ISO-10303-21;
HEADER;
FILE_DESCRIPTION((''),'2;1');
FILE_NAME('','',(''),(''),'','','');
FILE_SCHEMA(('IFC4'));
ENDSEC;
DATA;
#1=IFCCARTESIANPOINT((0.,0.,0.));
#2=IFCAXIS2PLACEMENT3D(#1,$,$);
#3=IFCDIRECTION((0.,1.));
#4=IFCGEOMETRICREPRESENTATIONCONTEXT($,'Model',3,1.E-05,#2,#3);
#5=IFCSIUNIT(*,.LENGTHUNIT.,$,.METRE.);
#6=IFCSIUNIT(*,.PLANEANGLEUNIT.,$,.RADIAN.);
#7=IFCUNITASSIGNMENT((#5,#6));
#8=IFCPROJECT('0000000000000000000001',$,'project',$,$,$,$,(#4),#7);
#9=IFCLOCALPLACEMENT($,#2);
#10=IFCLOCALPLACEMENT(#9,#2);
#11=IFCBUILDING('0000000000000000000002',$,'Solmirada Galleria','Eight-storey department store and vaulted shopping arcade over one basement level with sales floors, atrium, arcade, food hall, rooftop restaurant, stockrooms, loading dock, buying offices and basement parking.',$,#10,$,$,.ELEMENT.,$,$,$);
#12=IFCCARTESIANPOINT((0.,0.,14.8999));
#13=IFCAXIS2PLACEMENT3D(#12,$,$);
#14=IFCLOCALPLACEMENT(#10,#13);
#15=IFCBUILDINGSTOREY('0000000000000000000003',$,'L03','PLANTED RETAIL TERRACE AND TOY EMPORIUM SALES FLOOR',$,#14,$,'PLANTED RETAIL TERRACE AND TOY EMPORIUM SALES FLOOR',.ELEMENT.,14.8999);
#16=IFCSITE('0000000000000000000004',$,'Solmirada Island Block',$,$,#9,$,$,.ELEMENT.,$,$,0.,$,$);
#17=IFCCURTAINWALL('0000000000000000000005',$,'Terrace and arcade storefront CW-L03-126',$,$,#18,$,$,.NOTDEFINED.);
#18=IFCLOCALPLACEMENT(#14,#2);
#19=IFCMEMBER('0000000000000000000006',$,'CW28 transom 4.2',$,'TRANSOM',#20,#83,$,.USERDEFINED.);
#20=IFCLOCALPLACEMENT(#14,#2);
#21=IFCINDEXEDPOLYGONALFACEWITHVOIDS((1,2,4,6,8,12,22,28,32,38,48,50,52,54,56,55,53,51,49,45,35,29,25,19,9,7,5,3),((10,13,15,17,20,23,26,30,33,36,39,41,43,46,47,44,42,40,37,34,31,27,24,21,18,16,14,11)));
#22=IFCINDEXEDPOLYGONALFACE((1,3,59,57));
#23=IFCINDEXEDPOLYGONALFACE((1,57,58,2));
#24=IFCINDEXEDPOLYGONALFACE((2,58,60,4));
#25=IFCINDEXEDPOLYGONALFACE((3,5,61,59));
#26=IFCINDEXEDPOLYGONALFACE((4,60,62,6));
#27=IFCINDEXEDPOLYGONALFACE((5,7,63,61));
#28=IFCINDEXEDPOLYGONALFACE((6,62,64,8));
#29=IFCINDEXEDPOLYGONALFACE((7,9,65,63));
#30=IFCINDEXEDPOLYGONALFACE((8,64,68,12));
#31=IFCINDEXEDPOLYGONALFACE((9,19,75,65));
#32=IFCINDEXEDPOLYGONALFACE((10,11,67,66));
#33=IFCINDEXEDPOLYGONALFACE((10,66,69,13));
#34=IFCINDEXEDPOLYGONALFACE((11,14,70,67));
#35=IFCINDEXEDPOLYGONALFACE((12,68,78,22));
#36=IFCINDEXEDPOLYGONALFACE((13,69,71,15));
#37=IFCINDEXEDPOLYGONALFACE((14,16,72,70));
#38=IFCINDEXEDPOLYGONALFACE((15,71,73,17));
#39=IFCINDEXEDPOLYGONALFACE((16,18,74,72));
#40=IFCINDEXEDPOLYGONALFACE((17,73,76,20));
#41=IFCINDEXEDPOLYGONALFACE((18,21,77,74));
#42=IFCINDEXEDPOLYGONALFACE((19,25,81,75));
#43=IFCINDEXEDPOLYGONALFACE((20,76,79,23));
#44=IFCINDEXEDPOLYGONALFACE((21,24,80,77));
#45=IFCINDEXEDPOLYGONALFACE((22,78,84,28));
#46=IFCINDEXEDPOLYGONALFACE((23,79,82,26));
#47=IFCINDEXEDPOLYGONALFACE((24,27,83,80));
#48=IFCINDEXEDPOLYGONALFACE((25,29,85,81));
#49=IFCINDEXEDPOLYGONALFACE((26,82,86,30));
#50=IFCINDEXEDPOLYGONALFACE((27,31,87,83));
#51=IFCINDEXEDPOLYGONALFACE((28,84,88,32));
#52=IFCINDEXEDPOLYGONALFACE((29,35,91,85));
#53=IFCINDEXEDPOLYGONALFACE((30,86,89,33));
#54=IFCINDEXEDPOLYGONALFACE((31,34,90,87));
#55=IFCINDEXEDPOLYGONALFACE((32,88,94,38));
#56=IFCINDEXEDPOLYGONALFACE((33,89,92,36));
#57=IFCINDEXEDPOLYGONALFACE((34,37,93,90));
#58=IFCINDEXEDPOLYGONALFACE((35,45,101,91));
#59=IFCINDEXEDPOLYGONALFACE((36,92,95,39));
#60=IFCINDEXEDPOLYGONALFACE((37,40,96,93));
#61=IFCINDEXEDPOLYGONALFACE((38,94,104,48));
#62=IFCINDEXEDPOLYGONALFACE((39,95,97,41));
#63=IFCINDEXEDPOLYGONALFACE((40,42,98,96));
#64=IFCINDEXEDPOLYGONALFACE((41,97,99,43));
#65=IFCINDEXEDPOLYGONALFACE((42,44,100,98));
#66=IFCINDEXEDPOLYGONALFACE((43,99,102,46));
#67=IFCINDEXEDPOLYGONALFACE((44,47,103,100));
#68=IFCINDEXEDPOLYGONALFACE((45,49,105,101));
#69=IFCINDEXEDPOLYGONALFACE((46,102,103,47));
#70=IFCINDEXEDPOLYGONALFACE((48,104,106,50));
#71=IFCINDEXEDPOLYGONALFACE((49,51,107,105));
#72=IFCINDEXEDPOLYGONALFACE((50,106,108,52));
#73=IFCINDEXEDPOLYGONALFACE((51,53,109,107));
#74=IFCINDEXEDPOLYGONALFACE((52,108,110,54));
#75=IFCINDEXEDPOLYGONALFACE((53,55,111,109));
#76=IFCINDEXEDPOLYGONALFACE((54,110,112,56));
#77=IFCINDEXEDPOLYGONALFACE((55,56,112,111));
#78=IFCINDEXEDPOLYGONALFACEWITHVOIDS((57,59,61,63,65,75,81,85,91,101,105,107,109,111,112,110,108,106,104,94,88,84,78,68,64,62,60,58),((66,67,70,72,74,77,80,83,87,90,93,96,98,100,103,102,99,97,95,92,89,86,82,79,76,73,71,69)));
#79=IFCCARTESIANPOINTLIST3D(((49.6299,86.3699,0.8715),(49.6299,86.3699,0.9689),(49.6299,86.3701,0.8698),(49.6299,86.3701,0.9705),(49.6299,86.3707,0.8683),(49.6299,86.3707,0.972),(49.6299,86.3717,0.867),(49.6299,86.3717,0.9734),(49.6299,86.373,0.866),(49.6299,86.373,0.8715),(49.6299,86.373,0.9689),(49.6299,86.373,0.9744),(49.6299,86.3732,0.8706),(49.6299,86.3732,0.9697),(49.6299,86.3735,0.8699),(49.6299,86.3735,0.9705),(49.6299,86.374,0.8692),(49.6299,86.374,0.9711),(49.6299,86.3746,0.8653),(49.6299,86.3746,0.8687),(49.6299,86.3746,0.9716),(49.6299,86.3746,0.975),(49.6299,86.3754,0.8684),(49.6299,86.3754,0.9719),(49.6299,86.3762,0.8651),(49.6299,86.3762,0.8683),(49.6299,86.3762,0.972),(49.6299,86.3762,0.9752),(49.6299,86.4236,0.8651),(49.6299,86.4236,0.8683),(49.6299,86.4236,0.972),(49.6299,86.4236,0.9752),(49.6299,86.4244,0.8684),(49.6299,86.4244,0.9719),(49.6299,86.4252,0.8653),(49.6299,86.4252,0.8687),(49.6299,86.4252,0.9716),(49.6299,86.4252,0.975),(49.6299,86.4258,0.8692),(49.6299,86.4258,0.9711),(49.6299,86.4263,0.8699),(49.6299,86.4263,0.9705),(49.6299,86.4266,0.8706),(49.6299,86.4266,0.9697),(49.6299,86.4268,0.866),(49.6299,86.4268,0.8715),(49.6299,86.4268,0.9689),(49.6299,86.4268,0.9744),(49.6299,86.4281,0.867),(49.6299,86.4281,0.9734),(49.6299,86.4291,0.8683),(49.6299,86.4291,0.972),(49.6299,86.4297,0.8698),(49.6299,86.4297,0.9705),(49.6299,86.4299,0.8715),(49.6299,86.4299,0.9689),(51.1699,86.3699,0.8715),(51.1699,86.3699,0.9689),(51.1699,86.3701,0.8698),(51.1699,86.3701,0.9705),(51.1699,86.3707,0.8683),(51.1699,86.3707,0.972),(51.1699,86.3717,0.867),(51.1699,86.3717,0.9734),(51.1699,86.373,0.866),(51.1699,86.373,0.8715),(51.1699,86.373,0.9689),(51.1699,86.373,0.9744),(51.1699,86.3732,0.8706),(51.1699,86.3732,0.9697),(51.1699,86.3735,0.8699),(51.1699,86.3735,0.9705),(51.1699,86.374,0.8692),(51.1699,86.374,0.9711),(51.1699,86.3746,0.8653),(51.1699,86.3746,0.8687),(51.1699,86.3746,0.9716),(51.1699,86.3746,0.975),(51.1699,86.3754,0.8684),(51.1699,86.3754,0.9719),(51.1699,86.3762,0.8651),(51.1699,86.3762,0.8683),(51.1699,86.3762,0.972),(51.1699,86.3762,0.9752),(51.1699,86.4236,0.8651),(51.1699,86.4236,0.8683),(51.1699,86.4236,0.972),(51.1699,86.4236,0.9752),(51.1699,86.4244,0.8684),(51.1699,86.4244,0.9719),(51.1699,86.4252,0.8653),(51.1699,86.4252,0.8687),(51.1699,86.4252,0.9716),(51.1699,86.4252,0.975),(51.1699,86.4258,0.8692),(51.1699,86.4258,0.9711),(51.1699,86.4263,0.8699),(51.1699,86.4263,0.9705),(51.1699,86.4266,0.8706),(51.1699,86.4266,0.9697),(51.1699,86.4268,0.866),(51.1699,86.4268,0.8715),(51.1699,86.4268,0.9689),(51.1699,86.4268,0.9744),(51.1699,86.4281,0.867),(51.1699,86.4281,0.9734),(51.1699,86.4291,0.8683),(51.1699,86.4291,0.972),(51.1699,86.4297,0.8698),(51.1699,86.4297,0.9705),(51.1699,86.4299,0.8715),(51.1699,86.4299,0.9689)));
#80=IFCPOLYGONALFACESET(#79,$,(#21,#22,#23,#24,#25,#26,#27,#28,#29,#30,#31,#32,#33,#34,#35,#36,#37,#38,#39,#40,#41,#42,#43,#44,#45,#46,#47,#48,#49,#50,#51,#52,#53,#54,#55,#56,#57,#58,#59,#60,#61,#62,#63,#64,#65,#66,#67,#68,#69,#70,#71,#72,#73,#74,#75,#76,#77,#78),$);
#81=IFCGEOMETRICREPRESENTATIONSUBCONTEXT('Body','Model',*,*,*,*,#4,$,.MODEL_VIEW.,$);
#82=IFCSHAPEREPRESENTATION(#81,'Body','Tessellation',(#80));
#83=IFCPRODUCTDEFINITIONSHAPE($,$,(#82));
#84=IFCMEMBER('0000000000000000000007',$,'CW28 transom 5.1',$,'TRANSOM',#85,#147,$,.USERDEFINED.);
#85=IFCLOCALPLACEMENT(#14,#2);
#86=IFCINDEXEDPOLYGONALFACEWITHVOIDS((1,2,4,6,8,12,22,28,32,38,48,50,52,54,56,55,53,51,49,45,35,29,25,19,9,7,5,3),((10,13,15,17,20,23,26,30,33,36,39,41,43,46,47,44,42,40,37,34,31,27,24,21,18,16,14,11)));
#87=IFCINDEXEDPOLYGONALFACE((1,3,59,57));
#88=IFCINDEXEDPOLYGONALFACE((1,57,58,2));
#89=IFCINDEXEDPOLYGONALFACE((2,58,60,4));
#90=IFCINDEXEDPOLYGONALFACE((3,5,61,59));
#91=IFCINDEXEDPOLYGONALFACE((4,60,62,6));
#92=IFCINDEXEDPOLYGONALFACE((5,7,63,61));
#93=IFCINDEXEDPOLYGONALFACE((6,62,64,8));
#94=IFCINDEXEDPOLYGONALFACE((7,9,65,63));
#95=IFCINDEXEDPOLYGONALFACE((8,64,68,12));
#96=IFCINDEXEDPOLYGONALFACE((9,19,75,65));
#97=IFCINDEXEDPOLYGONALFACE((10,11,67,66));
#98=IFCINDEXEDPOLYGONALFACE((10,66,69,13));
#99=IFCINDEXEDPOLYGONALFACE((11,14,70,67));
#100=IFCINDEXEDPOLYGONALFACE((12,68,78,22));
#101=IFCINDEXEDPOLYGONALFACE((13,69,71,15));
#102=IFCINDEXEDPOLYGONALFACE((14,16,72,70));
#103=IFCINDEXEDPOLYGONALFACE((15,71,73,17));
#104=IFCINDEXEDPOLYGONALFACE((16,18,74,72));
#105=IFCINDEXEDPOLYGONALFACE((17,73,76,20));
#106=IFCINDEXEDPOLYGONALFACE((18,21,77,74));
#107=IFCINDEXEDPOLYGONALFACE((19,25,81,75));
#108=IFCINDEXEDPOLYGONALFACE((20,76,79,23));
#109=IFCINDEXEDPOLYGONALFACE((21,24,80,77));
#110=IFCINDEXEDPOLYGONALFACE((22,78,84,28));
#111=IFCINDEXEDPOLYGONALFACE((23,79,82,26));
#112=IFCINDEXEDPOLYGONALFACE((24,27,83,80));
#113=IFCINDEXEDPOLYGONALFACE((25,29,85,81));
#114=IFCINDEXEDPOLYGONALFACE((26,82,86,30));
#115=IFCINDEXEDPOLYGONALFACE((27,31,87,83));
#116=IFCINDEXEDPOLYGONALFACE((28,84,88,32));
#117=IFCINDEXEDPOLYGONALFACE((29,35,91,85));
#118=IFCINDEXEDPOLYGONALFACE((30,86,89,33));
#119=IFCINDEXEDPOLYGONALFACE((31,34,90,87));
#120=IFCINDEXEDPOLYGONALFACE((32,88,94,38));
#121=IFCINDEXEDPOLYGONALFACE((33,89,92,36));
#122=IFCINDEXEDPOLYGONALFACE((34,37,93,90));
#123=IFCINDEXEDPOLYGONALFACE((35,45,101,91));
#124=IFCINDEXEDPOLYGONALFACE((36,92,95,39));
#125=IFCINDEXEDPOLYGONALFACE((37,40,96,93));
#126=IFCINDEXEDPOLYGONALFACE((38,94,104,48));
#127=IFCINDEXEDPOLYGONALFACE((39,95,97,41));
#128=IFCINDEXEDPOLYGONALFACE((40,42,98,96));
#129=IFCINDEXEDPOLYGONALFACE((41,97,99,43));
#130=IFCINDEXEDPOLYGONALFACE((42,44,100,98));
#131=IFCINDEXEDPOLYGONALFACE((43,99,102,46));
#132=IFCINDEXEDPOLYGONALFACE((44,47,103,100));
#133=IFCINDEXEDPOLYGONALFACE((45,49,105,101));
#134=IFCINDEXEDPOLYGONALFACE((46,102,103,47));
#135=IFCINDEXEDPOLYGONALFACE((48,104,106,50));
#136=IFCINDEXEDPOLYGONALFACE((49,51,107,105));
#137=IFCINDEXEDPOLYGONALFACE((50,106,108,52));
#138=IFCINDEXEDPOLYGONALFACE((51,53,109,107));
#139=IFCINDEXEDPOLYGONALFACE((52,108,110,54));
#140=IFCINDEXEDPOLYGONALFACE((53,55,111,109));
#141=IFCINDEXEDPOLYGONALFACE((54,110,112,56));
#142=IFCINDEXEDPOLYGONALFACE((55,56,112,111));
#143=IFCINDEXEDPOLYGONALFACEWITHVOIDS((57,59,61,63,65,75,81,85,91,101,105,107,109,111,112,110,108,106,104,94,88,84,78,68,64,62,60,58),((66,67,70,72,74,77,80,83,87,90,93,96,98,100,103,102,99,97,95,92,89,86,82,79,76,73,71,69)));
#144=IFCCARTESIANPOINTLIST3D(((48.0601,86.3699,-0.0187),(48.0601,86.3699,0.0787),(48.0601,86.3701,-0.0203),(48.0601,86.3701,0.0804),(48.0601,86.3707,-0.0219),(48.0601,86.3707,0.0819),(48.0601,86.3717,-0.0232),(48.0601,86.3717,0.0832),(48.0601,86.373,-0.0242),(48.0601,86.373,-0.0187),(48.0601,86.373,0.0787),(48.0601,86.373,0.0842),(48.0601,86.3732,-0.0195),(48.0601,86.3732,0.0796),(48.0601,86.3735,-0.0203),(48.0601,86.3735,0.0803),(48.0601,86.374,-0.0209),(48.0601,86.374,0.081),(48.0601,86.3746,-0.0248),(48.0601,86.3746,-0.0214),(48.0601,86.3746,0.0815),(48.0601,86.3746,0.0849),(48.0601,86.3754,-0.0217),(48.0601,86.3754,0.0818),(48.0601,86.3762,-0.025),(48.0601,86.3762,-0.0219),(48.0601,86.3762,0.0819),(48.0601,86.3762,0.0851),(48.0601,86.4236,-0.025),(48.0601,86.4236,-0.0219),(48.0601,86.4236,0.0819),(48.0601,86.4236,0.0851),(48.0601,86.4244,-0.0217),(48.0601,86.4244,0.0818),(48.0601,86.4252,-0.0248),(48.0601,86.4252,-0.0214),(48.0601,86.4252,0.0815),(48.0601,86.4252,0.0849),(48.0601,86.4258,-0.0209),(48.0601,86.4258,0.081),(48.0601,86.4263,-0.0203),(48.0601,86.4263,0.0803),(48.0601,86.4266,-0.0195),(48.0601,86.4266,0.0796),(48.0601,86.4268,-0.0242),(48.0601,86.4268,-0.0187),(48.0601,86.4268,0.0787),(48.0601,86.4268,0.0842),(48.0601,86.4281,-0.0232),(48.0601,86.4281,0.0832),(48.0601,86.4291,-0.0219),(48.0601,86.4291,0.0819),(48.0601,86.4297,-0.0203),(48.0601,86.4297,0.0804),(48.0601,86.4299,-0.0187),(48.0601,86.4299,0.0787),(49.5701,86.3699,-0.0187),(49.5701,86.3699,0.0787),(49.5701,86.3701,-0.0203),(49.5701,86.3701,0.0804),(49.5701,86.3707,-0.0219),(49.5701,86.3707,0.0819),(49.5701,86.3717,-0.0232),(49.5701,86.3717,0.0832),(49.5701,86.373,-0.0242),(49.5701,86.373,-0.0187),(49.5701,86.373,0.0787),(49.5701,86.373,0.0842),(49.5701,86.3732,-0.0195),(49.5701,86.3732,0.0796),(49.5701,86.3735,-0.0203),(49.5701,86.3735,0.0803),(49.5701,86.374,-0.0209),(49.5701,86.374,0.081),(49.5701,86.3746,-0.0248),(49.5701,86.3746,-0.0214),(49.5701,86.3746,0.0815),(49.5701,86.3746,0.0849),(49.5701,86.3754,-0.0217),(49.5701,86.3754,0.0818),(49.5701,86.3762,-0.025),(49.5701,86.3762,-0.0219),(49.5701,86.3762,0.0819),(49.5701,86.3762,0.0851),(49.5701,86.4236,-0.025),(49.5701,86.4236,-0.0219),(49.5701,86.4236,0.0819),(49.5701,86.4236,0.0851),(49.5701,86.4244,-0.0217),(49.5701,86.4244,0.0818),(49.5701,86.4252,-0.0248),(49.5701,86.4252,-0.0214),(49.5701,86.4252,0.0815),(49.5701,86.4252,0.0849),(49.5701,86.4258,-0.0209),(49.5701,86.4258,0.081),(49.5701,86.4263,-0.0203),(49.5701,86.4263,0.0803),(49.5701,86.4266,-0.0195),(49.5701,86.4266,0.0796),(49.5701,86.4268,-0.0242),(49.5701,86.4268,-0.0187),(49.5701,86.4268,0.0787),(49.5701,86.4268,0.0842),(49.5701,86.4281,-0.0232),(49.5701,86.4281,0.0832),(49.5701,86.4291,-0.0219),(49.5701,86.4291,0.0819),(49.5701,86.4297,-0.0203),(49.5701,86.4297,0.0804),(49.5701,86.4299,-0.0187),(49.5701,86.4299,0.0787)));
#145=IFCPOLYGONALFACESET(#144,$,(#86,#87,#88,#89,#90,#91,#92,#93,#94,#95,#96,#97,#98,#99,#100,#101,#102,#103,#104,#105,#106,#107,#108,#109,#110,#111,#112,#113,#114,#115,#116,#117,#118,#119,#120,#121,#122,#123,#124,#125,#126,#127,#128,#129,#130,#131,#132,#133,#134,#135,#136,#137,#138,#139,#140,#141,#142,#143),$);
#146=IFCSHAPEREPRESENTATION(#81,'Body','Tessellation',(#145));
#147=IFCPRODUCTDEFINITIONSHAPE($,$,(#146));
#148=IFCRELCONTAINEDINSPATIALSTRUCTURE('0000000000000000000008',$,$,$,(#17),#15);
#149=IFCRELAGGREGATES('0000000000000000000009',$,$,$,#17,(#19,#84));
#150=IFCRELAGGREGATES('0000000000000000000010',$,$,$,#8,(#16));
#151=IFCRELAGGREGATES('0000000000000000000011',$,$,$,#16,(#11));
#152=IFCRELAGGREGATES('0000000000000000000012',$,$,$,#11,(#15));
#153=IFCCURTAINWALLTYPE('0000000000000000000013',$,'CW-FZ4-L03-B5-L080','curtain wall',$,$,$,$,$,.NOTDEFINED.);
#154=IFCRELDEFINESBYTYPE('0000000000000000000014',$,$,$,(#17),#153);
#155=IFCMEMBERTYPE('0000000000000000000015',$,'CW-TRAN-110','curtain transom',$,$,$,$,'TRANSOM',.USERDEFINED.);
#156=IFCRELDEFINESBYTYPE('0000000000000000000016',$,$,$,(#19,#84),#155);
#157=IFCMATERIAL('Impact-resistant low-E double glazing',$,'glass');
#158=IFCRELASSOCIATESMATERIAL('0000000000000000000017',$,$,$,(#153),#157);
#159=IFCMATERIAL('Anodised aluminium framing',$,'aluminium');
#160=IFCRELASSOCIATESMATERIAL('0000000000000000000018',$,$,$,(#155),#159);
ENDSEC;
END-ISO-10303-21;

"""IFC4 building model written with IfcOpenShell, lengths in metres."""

from ifc_helpers import new_model, si_unit, direction, frame, origin, origin_2d, place, context, subcontext, project, spatial, hollow_rectangle, extrude, material, material_profile, profile_set, type_object, element, aggregate, save


model = new_model("IFC4")

# Units and contexts
model_context = context("Model", 3, precision=1e-05, world=origin(), true_north=direction((0.0, 1.0)))
body_context = subcontext(model_context, "Body", "Model", "MODEL_VIEW")
ifc_project = project(units=[si_unit("LENGTHUNIT", "METRE"), si_unit("PLANEANGLEUNIT", "RADIAN")], contexts=[model_context])

# Site, building, storey
site_placement = place(None, origin())
site = spatial("IfcSite", under=ifc_project, at=site_placement, Name="Solmirada Island Block", CompositionType="ELEMENT", RefElevation=0.0)
building_placement = place(site_placement, origin())
building = spatial("IfcBuilding", under=site, at=building_placement, Name="Solmirada Galleria", Description="Eight-storey department store and vaulted shopping arcade over one basement level with sales floors, atrium, arcade, food hall, rooftop restaurant, stockrooms, loading dock, buying offices and basement parking.", CompositionType="ELEMENT")
storey_placement = place(building_placement, frame((0.0, 0.0, 14.8999)))
storey = spatial("IfcBuildingStorey", under=building, at=storey_placement, Name="L03", Description="PLANTED RETAIL TERRACE AND TOY EMPORIUM SALES FLOOR", LongName="PLANTED RETAIL TERRACE AND TOY EMPORIUM SALES FLOOR", CompositionType="ELEMENT", Elevation=14.8999)

# Curtain wall
ifc_material_1 = material(Name="Impact-resistant low-E double glazing", Category="glass")
curtain_wall_type = type_object("IfcCurtainWallType", Name="CW-FZ4-L03-B5-L080", Description="curtain wall", PredefinedType="NOTDEFINED", material=ifc_material_1)
curtain_wall_1_placement = place(storey_placement, origin())
curtain_wall_1 = element("IfcCurtainWall", 1, at=curtain_wall_1_placement, inside=storey, type_object=curtain_wall_type, Name="Terrace and arcade storefront CW-L03-126", PredefinedType="NOTDEFINED")
ifc_material_2 = material(Name="Anodised aluminium framing", Category="aluminium")

# Members
ifc_material_profile_1 = material_profile(ifc_material_2, hollow_rectangle(XDim=0.0601, YDim=0.1101, WallThickness=0.0032, InnerFilletRadius=0.0032, OuterFilletRadius=0.0063, at=origin_2d()), Name="ALU-TRAN-110X60")
ifc_profile_set_1 = profile_set([ifc_material_profile_1], Name="Anodised aluminium framing")
member_type_1 = type_object("IfcMemberType", Name="CW-TRAN-110", Description="curtain transom", ElementType="TRANSOM", PredefinedType="USERDEFINED", material=ifc_profile_set_1)
member_1_placement = place(storey_placement, frame((51.1699, 86.3999, 0.9202), z_axis=(-1.0, 0.0, 0.0), x_axis=(0.0, -1.0, 0.0)))
member_1 = element("IfcMember", 2, at=member_1_placement, type_object=member_type_1, Name="CW28 transom 4.2", ObjectType="TRANSOM", PredefinedType="USERDEFINED", context=body_context, shape_type="SweptSolid", body=[
    extrude(hollow_rectangle(XDim=0.0601, YDim=0.1101, WallThickness=0.0032, InnerFilletRadius=0.0032, OuterFilletRadius=0.0063, at=origin_2d()), origin(), (0.0, 0.0, 1.0), 1.54),
])
member_2_placement = place(storey_placement, frame((49.5701, 86.3999, 0.03), z_axis=(-1.0, 0.0, 0.0), x_axis=(0.0, -1.0, 0.0)))
member_2 = element("IfcMember", 3, at=member_2_placement, type_object=member_type_1, Name="CW28 transom 5.1", ObjectType="TRANSOM", PredefinedType="USERDEFINED", context=body_context, shape_type="SweptSolid", body=[
    extrude(hollow_rectangle(XDim=0.0601, YDim=0.1101, WallThickness=0.0032, InnerFilletRadius=0.0032, OuterFilletRadius=0.0063, at=origin_2d()), origin(), (0.0, 0.0, 1.0), 1.51),
])

aggregate(curtain_wall_1, [member_1, member_2])

save(model, "model.ifc")
